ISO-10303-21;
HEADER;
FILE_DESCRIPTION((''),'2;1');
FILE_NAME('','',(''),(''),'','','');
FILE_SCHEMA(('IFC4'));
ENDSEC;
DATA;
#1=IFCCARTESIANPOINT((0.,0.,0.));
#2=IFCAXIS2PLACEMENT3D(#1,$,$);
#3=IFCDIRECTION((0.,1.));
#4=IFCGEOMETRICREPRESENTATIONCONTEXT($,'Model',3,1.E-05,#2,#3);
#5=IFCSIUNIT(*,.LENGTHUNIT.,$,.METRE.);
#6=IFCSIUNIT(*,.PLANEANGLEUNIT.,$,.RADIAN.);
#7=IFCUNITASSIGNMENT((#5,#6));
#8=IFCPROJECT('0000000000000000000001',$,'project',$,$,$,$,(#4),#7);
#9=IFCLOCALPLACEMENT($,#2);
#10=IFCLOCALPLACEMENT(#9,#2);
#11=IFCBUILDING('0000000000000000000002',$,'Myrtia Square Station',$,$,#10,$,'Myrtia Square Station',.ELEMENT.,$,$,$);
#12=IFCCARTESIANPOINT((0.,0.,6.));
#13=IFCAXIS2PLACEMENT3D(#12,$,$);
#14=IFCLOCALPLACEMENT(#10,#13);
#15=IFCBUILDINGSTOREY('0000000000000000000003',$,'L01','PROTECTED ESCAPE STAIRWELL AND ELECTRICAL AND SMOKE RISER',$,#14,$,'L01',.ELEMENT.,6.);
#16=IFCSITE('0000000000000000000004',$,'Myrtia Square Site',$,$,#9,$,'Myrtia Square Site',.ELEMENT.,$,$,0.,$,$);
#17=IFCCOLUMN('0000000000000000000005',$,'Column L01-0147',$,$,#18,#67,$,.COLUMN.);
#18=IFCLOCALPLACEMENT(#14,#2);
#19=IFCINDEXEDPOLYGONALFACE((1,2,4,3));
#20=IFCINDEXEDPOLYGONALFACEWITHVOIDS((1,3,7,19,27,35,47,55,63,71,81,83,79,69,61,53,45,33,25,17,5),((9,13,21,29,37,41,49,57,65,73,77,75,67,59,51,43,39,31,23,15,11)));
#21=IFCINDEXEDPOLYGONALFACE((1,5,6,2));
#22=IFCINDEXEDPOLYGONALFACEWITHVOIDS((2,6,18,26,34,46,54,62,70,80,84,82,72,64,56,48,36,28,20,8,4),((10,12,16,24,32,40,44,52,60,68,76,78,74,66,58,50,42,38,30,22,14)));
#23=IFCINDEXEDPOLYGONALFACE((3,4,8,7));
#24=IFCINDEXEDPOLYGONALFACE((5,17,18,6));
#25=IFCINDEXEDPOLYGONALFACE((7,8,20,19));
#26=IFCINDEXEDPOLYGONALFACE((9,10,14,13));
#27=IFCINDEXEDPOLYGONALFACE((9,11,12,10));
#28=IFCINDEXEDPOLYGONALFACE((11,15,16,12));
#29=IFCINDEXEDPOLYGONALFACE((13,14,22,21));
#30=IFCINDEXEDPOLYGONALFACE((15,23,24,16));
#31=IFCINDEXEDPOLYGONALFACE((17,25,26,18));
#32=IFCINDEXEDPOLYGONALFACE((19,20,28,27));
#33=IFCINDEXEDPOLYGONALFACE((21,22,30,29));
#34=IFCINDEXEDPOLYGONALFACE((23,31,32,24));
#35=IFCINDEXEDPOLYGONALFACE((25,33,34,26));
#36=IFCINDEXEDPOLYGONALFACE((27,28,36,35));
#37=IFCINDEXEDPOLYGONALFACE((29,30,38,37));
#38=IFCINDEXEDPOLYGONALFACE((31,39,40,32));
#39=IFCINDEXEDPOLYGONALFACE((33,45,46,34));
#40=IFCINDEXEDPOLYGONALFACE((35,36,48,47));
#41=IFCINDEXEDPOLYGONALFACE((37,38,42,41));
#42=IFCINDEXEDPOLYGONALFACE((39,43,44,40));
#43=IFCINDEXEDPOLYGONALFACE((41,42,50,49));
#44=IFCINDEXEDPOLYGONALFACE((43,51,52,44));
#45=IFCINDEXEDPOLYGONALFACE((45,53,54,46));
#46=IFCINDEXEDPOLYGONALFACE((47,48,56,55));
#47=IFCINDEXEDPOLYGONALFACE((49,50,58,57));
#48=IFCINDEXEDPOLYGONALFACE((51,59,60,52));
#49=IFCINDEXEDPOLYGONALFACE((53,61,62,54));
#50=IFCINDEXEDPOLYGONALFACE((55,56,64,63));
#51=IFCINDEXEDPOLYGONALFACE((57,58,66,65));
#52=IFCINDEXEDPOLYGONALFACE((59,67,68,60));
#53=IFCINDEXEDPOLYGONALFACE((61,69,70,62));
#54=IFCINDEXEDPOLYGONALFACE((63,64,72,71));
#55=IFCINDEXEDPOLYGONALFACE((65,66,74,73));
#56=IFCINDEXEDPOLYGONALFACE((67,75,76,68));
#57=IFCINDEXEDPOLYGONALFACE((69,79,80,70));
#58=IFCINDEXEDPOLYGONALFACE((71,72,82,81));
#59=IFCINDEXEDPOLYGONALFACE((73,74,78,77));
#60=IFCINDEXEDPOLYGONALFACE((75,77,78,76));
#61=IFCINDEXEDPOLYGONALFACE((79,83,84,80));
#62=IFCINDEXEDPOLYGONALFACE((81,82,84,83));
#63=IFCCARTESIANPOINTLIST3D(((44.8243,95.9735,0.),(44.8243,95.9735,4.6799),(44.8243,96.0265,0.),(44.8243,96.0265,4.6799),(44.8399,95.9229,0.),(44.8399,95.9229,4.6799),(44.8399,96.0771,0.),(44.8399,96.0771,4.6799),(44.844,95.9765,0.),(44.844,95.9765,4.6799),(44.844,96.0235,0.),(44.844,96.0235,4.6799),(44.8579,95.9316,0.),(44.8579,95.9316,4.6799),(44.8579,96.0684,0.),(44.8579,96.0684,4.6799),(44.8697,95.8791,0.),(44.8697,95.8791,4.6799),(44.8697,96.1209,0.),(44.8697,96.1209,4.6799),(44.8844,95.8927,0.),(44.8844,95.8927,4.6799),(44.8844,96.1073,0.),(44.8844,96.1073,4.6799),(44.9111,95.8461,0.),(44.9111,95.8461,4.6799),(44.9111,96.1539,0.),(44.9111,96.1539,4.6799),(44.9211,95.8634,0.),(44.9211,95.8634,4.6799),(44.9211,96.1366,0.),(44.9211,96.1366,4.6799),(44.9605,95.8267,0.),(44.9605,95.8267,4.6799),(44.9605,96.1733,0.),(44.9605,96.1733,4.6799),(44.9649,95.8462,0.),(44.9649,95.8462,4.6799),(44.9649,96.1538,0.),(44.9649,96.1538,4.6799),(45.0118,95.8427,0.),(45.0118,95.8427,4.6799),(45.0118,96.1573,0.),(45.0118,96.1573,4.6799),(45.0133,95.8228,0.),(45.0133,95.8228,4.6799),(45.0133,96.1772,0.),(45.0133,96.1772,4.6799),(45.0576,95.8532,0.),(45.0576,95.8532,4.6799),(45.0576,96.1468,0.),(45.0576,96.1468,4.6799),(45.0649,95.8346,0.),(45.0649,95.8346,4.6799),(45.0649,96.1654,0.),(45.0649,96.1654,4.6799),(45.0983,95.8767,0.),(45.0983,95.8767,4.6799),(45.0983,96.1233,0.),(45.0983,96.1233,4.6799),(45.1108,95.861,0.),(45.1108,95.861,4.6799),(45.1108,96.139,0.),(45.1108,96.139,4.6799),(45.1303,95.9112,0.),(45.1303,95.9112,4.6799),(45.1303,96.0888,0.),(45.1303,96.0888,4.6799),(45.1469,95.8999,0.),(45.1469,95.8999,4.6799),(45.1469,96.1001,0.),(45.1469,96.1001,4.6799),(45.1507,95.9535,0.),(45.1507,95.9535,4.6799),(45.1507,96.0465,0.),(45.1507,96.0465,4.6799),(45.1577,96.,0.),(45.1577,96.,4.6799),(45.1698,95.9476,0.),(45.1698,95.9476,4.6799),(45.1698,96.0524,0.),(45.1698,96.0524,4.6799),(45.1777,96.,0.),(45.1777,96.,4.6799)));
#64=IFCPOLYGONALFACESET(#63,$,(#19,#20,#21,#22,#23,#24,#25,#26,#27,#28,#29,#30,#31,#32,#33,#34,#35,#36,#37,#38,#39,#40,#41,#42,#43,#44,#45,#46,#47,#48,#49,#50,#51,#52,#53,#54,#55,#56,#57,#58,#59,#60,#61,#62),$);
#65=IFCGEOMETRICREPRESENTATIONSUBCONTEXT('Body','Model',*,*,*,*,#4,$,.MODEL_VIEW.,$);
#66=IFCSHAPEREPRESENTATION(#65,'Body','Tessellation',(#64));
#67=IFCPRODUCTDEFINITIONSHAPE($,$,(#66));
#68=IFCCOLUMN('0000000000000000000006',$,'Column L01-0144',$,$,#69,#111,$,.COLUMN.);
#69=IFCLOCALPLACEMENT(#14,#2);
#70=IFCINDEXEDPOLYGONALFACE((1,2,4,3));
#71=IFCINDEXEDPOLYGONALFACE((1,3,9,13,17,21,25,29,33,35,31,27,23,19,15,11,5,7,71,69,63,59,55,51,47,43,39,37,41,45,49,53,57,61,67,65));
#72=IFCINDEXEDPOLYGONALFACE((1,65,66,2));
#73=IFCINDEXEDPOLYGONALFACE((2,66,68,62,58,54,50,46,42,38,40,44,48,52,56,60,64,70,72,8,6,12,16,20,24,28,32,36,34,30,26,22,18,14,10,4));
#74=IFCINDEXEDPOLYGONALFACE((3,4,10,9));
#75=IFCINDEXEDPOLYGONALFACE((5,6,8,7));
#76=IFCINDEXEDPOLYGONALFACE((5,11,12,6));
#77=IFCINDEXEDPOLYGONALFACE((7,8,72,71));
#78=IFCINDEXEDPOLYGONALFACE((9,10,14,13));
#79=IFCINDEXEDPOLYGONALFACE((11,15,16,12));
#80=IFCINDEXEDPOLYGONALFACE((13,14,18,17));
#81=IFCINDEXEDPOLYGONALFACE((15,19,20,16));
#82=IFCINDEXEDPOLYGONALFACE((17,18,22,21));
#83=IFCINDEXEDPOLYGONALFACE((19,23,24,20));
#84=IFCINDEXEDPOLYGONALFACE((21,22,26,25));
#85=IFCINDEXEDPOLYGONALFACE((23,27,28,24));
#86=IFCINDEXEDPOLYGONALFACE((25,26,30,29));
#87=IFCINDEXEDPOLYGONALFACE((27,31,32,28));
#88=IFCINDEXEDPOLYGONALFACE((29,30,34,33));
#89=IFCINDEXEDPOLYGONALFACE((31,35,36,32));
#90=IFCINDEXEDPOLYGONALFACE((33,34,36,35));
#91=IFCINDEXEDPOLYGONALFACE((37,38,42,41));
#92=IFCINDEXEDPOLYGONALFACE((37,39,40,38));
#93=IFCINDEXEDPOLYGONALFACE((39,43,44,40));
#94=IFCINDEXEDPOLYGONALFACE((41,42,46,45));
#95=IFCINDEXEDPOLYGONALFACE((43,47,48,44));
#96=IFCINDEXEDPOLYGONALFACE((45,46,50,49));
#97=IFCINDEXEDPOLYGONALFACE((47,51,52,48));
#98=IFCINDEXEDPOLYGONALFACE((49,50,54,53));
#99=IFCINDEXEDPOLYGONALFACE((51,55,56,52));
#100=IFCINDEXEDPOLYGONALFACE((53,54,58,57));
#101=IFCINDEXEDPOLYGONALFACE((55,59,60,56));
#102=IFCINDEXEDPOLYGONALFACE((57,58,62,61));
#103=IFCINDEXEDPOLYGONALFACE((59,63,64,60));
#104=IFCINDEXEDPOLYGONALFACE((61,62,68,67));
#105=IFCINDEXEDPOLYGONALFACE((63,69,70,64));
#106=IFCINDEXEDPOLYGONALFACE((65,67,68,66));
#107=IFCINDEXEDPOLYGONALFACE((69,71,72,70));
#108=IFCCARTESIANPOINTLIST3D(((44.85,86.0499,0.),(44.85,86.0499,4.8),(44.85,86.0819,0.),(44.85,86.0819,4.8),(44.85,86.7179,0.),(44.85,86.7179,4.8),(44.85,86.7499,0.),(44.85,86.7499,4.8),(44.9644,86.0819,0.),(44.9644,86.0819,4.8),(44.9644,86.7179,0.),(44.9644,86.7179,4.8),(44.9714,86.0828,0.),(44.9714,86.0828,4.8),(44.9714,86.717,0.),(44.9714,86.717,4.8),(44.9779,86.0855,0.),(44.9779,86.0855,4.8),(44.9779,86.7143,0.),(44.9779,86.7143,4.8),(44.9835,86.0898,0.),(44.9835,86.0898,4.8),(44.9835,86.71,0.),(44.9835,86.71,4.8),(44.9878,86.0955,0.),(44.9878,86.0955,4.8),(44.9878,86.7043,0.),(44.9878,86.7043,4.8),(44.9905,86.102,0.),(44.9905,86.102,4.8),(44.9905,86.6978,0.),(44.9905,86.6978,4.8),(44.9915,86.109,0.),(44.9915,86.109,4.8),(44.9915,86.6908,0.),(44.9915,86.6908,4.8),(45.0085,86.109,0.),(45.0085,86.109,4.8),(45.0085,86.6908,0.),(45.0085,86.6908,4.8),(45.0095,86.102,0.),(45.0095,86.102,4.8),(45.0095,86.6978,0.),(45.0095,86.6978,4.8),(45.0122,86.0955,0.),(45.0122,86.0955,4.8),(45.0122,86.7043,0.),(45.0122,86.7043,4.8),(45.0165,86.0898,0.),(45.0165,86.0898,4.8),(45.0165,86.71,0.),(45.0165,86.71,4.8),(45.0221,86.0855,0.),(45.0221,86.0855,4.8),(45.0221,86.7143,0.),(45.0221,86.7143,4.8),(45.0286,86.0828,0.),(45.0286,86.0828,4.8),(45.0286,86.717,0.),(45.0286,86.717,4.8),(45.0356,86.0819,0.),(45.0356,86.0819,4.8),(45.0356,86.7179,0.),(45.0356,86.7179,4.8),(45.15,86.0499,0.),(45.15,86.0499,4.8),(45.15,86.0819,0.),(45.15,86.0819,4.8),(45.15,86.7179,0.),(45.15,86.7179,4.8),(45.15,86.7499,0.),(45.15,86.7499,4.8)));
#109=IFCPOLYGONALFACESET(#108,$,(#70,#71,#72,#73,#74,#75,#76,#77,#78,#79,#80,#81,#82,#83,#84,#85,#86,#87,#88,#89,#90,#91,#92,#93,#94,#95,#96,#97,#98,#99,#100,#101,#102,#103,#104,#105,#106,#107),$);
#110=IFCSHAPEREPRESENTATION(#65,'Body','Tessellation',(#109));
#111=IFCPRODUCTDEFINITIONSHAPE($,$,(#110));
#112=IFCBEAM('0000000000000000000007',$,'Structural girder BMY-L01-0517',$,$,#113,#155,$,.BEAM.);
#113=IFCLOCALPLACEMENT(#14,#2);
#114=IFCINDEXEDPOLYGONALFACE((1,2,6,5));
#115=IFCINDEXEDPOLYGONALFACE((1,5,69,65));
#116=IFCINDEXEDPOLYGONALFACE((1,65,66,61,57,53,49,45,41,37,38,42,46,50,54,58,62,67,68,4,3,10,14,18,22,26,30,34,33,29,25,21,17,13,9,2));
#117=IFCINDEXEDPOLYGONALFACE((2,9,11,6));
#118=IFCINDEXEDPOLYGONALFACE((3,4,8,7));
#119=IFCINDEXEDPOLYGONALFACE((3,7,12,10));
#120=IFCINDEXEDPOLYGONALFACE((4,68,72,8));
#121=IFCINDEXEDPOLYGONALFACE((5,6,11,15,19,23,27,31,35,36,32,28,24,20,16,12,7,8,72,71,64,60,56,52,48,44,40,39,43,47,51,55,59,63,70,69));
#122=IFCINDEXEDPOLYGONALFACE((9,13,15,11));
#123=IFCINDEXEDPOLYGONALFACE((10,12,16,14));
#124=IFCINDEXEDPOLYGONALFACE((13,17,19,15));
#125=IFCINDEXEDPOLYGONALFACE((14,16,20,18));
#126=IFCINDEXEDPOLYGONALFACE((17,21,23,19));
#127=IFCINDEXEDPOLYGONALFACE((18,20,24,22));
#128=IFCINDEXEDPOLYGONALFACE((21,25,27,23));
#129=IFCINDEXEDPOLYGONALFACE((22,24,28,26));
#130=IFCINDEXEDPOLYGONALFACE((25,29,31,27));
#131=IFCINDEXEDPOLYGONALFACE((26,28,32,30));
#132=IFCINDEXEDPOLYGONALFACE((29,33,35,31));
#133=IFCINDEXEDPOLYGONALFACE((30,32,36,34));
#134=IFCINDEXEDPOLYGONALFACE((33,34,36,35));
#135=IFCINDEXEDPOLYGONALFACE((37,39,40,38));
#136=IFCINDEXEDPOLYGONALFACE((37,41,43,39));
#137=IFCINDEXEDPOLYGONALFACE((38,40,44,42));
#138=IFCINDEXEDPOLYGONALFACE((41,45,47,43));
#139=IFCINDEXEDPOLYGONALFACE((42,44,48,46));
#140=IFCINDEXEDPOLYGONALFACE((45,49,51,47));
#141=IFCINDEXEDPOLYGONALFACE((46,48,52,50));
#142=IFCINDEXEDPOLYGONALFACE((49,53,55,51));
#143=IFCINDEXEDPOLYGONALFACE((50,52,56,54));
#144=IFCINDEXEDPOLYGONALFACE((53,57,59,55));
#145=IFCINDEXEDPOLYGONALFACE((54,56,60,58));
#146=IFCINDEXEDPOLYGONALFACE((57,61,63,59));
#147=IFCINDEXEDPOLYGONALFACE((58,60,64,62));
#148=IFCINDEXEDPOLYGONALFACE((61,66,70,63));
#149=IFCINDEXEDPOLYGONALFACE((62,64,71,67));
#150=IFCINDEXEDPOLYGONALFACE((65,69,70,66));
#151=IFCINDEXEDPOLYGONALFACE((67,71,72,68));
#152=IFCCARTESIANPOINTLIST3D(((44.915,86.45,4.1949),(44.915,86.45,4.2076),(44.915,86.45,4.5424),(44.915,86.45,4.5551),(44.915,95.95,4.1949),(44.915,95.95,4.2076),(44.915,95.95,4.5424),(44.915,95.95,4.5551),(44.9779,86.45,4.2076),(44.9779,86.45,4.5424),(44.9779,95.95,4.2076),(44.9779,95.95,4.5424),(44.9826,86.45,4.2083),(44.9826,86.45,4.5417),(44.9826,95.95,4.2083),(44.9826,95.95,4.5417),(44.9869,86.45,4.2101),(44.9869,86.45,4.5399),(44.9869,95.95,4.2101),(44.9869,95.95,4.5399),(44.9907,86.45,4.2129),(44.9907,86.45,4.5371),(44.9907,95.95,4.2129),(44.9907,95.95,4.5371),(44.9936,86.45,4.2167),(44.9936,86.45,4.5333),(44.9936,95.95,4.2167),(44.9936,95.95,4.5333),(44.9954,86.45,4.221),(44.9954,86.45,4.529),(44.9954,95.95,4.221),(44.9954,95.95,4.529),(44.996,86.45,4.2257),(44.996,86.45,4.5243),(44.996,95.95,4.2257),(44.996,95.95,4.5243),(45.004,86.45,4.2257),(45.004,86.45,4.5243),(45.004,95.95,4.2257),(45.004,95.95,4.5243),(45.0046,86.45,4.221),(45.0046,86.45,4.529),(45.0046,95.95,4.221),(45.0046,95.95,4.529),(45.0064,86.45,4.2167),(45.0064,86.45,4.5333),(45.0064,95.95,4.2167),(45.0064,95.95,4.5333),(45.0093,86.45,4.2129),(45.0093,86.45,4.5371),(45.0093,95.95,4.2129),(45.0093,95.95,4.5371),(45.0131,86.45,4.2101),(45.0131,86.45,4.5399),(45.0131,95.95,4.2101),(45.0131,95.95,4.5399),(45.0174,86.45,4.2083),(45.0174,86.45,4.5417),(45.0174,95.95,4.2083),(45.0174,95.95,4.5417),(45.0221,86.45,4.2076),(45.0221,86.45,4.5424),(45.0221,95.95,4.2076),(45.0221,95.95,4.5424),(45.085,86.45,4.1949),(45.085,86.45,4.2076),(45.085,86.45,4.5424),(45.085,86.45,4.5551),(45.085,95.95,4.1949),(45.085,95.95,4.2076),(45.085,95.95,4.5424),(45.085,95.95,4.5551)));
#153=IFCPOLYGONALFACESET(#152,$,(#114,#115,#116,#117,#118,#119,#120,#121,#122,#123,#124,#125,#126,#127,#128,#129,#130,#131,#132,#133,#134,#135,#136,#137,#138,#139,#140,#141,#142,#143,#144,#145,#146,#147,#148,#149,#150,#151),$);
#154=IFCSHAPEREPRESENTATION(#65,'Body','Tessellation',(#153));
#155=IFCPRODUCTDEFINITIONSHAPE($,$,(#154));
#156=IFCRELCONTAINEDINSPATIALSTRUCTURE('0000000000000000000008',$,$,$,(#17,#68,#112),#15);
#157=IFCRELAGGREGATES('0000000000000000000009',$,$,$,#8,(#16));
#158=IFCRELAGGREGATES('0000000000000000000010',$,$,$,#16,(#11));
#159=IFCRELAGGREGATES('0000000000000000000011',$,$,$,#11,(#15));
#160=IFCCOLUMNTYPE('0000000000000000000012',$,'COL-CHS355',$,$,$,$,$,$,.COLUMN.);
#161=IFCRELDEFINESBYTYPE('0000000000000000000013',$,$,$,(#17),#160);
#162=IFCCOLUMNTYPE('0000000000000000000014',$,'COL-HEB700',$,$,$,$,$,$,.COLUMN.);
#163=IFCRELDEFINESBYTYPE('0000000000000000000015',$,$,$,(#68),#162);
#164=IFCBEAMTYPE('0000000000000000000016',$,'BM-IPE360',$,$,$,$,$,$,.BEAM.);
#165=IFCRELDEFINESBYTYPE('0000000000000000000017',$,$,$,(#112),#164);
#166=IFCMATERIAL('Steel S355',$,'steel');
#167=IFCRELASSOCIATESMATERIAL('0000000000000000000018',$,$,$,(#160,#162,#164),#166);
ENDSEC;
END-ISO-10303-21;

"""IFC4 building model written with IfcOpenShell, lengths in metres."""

from ifc_helpers import new_model, si_unit, direction, frame, origin, origin_2d, place, context, subcontext, project, spatial, hollow_circle, i_section, extrude, material, material_profile, profile_set, type_object, element, save


model = new_model("IFC4")

# Units and contexts
model_context = context("Model", 3, precision=1e-05, world=origin(), true_north=direction((0.0, 1.0)))
body_context = subcontext(model_context, "Body", "Model", "MODEL_VIEW")
ifc_project = project(units=[si_unit("LENGTHUNIT", "METRE"), si_unit("PLANEANGLEUNIT", "RADIAN")], contexts=[model_context])

# Site, building, storey
site_placement = place(None, origin())
site = spatial("IfcSite", under=ifc_project, at=site_placement, Name="Myrtia Square Site", LongName="Myrtia Square Site", CompositionType="ELEMENT", RefElevation=0.0)
building_placement = place(site_placement, origin())
building = spatial("IfcBuilding", under=site, at=building_placement, Name="Myrtia Square Station", LongName="Myrtia Square Station", CompositionType="ELEMENT")
storey_placement = place(building_placement, frame((0.0, 0.0, 6.0)))
storey = spatial("IfcBuildingStorey", under=building, at=storey_placement, Name="L01", Description="PROTECTED ESCAPE STAIRWELL AND ELECTRICAL AND SMOKE RISER", LongName="L01", CompositionType="ELEMENT", Elevation=6.0)

# Columns
ifc_material = material(Name="Steel S355", Category="steel")
ifc_material_profile_1 = material_profile(ifc_material, hollow_circle(Radius=0.1777, WallThickness=0.02, at=origin_2d()), Name="CHS 355.6x20")
ifc_profile_set_1 = profile_set([ifc_material_profile_1], Name="Steel S355")
column_type_1 = type_object("IfcColumnType", Name="COL-CHS355", PredefinedType="COLUMN", material=ifc_profile_set_1)
column_1_placement = place(storey_placement, frame((45.0, 96.0, 0.0), z_axis=(0.0, 0.0, 1.0), x_axis=(1.0, 0.0, 0.0)))
element("IfcColumn", 1, at=column_1_placement, inside=storey, type_object=column_type_1, Name="Column L01-0147", PredefinedType="COLUMN", context=body_context, shape_type="SweptSolid", body=[
    extrude(hollow_circle(Radius=0.1777, WallThickness=0.02, at=origin_2d()), origin(), (0.0, 0.0, 1.0), 4.6799),
])
ifc_material_profile_2 = material_profile(ifc_material, i_section(OverallWidth=0.3, OverallDepth=0.7, WebThickness=0.0171, FlangeThickness=0.032, FilletRadius=0.0271, at=origin_2d()), Name="HEB 700")
ifc_profile_set_2 = profile_set([ifc_material_profile_2], Name="Steel S355")
column_type_2 = type_object("IfcColumnType", Name="COL-HEB700", PredefinedType="COLUMN", material=ifc_profile_set_2)
column_2_placement = place(storey_placement, frame((45.0, 86.3999, 0.0), z_axis=(0.0, 0.0, 1.0), x_axis=(1.0, 0.0, 0.0)))
element("IfcColumn", 2, at=column_2_placement, inside=storey, type_object=column_type_2, Name="Column L01-0144", PredefinedType="COLUMN", context=body_context, shape_type="SweptSolid", body=[
    extrude(i_section(OverallWidth=0.3, OverallDepth=0.7, WebThickness=0.0171, FlangeThickness=0.032, FilletRadius=0.0271, at=origin_2d()), origin(), (0.0, 0.0, 1.0), 4.8),
])

# Beam
ifc_material_profile_3 = material_profile(ifc_material, i_section(OverallWidth=0.1699, OverallDepth=0.3601, WebThickness=0.0081, FlangeThickness=0.0127, FilletRadius=0.0181, at=origin_2d()), Name="IPE 360")
ifc_profile_set_3 = profile_set([ifc_material_profile_3], Name="Steel S355")
beam_type_1 = type_object("IfcBeamType", Name="BM-IPE360", PredefinedType="BEAM", material=ifc_profile_set_3)
beam_placement = place(storey_placement, frame((45.0, 86.45, 4.375), z_axis=(0.0, 1.0, 0.0), x_axis=(-1.0, 0.0, 0.0)))
element("IfcBeam", 3, at=beam_placement, inside=storey, type_object=beam_type_1, Name="Structural girder BMY-L01-0517", PredefinedType="BEAM", context=body_context, shape_type="SweptSolid", body=[
    extrude(i_section(OverallWidth=0.1699, OverallDepth=0.3601, WebThickness=0.0081, FlangeThickness=0.0127, FilletRadius=0.0181, at=origin_2d()), origin(), (0.0, 0.0, 1.0), 9.5),
])

save(model, "model.ifc")
